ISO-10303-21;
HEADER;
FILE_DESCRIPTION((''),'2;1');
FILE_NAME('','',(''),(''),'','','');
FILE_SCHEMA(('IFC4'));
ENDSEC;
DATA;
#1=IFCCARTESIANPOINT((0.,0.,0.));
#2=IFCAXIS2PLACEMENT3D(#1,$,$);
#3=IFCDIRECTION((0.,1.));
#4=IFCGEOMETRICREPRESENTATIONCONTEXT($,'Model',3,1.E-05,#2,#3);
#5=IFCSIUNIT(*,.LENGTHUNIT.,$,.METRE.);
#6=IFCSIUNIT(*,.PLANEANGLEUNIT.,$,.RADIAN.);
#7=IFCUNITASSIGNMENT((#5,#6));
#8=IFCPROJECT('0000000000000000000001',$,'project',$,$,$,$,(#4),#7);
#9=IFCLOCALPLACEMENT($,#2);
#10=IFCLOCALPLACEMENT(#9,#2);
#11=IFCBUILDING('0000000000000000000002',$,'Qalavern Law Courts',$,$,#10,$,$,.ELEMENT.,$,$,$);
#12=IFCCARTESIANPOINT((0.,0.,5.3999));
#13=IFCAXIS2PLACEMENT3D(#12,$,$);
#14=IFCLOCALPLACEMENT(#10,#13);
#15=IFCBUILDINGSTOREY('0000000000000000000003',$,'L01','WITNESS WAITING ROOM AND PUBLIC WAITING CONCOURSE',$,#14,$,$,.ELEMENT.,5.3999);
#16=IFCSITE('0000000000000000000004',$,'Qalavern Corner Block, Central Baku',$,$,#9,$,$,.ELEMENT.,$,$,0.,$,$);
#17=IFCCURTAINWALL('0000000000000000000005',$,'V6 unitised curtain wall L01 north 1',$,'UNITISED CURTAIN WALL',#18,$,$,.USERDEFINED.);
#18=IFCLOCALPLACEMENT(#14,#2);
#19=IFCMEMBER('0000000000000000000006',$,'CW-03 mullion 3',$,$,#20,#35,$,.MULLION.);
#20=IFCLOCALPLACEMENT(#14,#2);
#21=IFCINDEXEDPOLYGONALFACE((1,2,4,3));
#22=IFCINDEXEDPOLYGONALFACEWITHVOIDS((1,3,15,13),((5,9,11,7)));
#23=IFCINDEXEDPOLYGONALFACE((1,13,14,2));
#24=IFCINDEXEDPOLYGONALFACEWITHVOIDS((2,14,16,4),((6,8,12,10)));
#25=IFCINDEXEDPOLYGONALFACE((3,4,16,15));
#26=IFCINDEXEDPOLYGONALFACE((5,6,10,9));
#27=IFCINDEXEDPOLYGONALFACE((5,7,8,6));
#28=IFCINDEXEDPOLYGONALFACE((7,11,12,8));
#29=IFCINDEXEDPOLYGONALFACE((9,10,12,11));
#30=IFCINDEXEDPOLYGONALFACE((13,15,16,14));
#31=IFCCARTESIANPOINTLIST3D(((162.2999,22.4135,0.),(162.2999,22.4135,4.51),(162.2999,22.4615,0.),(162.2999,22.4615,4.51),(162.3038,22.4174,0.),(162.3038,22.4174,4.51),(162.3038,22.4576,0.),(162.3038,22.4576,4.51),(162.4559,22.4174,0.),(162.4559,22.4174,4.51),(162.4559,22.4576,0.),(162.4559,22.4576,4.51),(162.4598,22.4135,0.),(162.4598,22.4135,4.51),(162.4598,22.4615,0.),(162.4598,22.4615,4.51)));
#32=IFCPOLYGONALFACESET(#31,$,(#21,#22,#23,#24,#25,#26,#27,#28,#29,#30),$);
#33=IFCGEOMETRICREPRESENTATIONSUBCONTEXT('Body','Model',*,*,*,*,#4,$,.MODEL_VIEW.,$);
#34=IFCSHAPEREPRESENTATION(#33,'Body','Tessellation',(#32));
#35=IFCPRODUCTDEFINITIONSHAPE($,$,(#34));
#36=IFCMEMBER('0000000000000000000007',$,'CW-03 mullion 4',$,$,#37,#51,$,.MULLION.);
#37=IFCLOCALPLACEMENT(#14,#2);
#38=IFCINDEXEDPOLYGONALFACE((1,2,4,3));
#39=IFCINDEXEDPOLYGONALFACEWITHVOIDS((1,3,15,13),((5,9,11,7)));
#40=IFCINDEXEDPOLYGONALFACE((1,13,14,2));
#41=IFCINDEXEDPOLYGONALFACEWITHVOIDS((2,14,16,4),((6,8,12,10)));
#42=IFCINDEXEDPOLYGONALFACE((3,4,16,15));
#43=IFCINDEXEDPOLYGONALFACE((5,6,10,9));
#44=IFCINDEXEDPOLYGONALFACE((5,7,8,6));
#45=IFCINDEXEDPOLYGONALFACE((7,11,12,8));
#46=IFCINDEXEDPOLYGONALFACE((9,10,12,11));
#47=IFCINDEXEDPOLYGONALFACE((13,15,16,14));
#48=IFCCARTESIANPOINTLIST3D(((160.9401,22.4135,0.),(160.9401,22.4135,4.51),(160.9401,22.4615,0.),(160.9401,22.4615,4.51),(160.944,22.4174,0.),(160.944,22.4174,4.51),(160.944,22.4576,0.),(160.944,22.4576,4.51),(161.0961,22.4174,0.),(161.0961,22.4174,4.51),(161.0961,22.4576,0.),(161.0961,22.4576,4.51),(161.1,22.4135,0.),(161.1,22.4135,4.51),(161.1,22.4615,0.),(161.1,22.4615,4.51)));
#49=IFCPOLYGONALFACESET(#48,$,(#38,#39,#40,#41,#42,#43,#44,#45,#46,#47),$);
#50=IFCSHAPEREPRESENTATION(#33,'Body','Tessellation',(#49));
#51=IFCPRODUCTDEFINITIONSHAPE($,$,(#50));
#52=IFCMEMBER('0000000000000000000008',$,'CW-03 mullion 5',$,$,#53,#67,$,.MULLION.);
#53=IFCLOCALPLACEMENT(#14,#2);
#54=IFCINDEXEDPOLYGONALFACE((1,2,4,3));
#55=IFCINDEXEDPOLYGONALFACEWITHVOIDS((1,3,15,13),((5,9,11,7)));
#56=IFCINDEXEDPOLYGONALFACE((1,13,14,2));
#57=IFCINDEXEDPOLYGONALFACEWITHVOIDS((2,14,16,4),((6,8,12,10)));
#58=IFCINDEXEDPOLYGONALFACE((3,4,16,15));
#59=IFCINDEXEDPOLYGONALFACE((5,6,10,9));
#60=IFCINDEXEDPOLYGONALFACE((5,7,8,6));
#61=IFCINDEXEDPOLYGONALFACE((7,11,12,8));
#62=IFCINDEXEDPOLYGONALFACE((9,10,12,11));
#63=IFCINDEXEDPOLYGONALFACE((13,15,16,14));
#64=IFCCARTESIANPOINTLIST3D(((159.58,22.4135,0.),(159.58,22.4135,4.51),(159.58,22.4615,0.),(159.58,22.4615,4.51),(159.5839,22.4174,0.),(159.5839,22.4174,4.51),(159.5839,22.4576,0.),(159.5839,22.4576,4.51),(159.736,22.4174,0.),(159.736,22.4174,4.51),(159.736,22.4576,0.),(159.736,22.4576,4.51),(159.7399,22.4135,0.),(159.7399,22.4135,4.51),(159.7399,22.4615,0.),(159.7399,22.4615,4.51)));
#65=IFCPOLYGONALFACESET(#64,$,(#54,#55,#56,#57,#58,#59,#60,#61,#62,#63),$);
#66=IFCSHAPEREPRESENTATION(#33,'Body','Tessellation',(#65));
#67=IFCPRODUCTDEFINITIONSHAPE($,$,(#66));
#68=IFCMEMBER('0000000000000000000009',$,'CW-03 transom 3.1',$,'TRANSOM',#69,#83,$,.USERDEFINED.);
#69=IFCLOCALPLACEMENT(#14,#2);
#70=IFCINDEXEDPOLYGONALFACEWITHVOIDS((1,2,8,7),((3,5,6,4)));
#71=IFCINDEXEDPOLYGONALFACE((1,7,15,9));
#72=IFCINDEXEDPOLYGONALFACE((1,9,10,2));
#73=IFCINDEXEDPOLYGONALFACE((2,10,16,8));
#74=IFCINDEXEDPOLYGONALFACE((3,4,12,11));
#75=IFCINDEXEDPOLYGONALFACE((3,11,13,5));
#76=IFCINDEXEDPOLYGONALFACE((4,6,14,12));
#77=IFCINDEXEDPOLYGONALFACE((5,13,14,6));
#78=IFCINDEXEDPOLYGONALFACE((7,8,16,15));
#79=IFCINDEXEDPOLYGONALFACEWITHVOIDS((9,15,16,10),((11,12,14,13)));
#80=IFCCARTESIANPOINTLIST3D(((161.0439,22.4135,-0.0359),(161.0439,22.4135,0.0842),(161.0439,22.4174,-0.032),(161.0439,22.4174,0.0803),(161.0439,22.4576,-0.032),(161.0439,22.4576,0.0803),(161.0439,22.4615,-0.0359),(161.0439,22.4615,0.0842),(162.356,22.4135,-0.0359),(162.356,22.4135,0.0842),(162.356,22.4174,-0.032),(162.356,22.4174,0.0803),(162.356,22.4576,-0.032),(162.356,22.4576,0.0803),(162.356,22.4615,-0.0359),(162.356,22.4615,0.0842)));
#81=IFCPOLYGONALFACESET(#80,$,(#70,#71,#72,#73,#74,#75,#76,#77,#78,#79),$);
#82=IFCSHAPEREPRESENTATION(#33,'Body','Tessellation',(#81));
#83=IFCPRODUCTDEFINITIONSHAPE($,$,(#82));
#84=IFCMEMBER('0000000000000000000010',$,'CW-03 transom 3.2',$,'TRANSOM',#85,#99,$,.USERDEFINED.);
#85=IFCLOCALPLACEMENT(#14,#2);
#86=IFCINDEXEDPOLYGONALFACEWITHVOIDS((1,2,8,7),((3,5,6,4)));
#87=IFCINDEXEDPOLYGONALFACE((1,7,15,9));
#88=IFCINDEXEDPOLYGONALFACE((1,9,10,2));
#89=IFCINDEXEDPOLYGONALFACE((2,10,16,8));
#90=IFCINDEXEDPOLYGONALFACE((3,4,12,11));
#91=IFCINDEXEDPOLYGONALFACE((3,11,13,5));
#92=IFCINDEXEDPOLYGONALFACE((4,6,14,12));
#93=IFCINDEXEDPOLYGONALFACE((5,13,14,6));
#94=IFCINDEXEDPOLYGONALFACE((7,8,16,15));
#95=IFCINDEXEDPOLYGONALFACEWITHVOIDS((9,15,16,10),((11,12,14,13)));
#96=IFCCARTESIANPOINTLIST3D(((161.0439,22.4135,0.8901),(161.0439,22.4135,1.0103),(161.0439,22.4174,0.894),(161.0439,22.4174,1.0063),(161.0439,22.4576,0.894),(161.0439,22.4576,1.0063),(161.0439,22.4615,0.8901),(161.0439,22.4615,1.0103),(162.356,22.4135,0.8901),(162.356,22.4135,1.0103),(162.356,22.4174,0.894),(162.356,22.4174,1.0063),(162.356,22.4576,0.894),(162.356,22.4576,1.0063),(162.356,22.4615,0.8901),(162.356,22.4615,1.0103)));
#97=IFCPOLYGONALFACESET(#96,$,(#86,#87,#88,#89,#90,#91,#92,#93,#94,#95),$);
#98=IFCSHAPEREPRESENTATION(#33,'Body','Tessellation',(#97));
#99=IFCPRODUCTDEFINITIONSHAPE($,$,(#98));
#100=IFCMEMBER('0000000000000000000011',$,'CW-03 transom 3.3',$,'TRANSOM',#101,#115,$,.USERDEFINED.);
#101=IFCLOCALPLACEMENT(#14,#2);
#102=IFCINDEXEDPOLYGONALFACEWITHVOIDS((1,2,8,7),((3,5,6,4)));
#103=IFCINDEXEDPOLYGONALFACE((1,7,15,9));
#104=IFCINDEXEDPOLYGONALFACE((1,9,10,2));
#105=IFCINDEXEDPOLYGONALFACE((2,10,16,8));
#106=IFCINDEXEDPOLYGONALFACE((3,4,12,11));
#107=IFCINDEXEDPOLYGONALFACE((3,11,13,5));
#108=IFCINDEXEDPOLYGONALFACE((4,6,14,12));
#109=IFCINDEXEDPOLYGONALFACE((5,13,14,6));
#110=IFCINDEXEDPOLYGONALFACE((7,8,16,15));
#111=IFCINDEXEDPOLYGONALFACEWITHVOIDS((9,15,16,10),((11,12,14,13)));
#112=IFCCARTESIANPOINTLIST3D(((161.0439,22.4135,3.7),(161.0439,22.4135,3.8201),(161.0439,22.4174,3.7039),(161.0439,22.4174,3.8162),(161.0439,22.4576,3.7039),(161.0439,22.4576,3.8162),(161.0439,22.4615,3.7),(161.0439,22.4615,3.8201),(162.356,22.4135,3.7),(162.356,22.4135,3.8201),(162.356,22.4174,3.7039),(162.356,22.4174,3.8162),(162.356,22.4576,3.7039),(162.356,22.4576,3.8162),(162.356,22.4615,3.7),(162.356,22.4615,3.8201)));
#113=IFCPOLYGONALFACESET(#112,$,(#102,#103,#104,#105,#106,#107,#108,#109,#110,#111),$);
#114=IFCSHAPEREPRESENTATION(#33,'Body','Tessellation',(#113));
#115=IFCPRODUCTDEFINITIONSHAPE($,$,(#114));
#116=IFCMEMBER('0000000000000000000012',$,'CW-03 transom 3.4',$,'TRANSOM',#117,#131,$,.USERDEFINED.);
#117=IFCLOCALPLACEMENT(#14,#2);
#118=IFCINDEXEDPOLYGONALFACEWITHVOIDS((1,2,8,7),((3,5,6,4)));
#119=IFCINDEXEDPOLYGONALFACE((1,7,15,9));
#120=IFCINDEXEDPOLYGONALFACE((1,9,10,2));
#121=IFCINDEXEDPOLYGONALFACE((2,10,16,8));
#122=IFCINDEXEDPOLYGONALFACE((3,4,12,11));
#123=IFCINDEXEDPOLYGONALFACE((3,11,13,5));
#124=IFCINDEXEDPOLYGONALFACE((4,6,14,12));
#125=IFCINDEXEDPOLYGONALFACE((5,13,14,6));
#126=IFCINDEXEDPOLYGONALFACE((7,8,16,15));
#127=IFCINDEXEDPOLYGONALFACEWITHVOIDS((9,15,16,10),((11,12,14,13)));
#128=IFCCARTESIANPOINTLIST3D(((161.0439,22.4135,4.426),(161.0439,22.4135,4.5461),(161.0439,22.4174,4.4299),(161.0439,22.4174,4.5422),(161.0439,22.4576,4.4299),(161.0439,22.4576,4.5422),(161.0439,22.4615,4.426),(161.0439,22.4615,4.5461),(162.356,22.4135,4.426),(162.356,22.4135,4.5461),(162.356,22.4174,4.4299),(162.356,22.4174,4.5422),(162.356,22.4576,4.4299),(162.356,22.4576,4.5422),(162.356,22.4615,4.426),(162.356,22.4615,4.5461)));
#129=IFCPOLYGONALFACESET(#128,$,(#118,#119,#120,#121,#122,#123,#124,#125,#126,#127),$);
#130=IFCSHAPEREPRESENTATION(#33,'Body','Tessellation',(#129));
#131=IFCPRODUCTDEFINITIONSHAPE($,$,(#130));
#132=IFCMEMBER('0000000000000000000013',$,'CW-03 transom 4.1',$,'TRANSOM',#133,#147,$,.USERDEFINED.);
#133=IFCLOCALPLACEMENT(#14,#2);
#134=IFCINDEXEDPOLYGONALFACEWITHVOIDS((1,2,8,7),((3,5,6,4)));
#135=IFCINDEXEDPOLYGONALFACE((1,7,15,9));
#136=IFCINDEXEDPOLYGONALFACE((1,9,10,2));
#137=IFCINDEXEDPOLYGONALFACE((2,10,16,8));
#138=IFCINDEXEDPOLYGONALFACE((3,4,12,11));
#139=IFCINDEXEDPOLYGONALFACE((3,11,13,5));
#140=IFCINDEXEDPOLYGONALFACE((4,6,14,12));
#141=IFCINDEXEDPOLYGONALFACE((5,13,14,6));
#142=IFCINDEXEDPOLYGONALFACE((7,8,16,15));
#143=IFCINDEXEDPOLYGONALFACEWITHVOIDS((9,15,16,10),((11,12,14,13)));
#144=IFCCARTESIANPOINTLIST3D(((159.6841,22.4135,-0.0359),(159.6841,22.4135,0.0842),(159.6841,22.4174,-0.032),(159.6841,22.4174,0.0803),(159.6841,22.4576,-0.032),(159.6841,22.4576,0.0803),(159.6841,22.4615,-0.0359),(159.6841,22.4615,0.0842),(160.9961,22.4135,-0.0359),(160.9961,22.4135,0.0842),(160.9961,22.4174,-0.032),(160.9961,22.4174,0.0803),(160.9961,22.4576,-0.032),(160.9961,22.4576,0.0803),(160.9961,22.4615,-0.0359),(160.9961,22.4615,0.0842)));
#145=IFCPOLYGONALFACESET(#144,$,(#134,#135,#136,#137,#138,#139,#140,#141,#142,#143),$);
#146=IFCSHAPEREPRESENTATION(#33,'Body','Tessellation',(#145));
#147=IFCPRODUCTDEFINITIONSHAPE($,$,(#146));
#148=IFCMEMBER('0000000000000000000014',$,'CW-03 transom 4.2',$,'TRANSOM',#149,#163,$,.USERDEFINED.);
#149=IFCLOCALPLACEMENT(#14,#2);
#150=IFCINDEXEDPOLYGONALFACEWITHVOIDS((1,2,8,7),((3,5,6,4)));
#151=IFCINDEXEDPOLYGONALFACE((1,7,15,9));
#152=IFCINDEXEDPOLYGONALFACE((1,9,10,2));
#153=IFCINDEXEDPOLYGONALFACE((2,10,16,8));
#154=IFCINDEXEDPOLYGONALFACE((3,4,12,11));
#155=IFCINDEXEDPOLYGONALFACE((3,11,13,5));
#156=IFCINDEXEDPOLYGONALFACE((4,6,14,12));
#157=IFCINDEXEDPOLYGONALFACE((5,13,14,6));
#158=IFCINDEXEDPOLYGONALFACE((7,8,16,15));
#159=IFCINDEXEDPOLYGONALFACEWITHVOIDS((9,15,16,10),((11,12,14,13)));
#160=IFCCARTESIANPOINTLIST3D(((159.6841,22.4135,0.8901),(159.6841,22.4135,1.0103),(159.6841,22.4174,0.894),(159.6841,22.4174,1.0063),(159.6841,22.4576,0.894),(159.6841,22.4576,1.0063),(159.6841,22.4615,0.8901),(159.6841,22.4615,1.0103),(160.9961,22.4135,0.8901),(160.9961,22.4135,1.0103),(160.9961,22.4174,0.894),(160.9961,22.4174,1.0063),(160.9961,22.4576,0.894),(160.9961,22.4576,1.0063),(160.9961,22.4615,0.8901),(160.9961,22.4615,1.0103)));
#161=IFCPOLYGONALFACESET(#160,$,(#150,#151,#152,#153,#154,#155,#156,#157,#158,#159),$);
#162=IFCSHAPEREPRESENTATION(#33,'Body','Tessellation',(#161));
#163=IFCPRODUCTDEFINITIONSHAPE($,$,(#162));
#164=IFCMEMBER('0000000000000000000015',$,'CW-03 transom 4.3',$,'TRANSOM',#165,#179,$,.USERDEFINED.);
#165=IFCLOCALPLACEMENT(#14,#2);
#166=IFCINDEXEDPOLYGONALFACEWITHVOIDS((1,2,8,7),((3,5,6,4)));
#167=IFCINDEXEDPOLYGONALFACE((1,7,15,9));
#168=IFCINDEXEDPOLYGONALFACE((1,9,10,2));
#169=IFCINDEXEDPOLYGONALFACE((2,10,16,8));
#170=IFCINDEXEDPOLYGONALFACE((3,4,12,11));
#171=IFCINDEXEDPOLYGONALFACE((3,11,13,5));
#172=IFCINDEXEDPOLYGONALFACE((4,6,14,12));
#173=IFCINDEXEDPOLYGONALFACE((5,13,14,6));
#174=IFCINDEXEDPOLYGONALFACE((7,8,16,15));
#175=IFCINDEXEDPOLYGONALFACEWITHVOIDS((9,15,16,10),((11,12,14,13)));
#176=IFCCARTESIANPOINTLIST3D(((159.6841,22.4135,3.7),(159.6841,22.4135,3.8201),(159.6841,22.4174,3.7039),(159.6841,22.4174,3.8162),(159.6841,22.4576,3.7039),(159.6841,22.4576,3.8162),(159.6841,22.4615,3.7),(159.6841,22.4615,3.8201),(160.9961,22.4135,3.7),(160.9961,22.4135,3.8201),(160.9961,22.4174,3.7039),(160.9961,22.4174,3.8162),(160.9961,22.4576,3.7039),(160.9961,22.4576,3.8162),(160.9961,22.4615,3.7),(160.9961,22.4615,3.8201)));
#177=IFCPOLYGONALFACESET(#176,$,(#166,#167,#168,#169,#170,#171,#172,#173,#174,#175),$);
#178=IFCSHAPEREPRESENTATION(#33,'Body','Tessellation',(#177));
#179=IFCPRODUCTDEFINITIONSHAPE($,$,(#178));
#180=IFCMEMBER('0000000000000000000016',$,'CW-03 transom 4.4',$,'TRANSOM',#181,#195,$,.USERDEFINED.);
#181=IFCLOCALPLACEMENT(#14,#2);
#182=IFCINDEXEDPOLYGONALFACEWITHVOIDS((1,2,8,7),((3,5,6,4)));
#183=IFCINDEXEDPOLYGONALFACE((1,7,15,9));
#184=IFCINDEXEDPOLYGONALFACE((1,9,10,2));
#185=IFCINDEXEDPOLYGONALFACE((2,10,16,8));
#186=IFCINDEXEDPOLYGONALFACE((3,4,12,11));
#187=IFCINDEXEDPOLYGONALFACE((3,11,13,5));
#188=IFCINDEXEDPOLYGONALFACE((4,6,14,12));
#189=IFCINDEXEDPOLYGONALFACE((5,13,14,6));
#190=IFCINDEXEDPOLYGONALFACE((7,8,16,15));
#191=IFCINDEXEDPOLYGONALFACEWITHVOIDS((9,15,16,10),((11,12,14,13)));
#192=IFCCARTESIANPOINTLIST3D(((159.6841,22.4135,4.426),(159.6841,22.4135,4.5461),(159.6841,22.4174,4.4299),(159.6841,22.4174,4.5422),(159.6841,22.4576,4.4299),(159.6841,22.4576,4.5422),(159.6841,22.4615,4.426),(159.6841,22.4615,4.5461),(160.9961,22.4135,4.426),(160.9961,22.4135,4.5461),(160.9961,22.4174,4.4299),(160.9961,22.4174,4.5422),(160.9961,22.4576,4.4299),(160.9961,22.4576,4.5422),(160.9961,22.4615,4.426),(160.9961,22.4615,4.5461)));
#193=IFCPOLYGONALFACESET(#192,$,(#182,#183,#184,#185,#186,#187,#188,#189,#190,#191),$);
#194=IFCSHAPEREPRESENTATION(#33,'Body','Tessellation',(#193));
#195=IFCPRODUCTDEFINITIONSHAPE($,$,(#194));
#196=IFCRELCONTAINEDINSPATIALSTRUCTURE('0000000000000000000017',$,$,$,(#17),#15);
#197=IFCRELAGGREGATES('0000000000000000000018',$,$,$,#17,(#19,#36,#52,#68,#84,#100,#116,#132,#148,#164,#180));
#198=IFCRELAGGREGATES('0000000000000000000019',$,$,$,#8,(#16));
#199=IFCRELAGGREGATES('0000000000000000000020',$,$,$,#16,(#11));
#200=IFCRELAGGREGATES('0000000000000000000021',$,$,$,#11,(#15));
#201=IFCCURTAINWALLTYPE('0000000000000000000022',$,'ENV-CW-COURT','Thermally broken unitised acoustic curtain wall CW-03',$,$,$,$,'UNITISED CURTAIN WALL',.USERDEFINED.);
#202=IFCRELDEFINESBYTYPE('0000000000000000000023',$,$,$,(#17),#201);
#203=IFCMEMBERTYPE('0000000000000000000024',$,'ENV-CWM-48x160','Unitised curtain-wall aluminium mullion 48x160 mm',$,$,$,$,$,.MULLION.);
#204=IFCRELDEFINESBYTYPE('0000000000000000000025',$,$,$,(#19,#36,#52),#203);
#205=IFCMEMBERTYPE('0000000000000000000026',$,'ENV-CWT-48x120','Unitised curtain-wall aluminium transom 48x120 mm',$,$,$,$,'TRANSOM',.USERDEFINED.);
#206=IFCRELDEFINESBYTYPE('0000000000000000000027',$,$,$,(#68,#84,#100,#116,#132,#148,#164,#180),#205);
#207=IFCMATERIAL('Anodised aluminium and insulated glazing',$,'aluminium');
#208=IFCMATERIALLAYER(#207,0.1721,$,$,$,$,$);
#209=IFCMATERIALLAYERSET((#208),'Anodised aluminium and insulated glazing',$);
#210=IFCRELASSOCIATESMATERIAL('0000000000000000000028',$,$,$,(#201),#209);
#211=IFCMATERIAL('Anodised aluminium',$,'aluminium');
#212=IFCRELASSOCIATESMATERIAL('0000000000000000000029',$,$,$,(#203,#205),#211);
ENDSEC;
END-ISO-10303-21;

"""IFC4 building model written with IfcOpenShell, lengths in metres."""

from ifc_helpers import new_model, si_unit, direction, frame, origin, origin_2d, place, context, subcontext, project, spatial, hollow_rectangle, extrude, material, layer, layer_set, material_profile, profile_set, type_object, element, aggregate, save


model = new_model("IFC4")

# Units and contexts
model_context = context("Model", 3, precision=1e-05, world=origin(), true_north=direction((0.0, 1.0)))
body_context = subcontext(model_context, "Body", "Model", "MODEL_VIEW")
ifc_project = project(units=[si_unit("LENGTHUNIT", "METRE"), si_unit("PLANEANGLEUNIT", "RADIAN")], contexts=[model_context])

# Site, building, storey
site_placement = place(None, origin())
site = spatial("IfcSite", under=ifc_project, at=site_placement, Name="Qalavern Corner Block, Central Baku", CompositionType="ELEMENT", RefElevation=0.0)
building_placement = place(site_placement, origin())
building = spatial("IfcBuilding", under=site, at=building_placement, Name="Qalavern Law Courts", CompositionType="ELEMENT")
storey_placement = place(building_placement, frame((0.0, 0.0, 5.3999)))
storey = spatial("IfcBuildingStorey", under=building, at=storey_placement, Name="L01", Description="WITNESS WAITING ROOM AND PUBLIC WAITING CONCOURSE", CompositionType="ELEMENT", Elevation=5.3999)

# Curtain wall, members
ifc_material_1 = material(Name="Anodised aluminium and insulated glazing", Category="aluminium")
ifc_layer_1 = layer(ifc_material_1, 0.1721)
ifc_layer_set_1 = layer_set([ifc_layer_1], Name="Anodised aluminium and insulated glazing")
curtain_wall_type = type_object("IfcCurtainWallType", Name="ENV-CW-COURT", Description="Thermally broken unitised acoustic curtain wall CW-03", ElementType="UNITISED CURTAIN WALL", PredefinedType="USERDEFINED", material=ifc_layer_set_1)
curtain_wall_placement = place(storey_placement, origin())
curtain_wall = element("IfcCurtainWall", 1, at=curtain_wall_placement, inside=storey, type_object=curtain_wall_type, Name="V6 unitised curtain wall L01 north 1", ObjectType="UNITISED CURTAIN WALL", PredefinedType="USERDEFINED")
ifc_material_2 = material(Name="Anodised aluminium", Category="aluminium")
ifc_material_profile_1 = material_profile(ifc_material_2, hollow_rectangle(XDim=0.0481, YDim=0.1599, WallThickness=0.0039, at=origin_2d()), Name="ALU MULLION 48x160")
ifc_profile_set_1 = profile_set([ifc_material_profile_1], Name="Anodised aluminium")
member_type_1 = type_object("IfcMemberType", Name="ENV-CWM-48x160", Description="Unitised curtain-wall aluminium mullion 48x160 mm", PredefinedType="MULLION", material=ifc_profile_set_1)
member_1_placement = place(storey_placement, frame((162.3799, 22.4375, 0.0), z_axis=(0.0, 0.0, 1.0), x_axis=(0.0, -1.0, 0.0)))
member_1 = element("IfcMember", 2, at=member_1_placement, type_object=member_type_1, Name="CW-03 mullion 3", PredefinedType="MULLION", context=body_context, shape_type="SweptSolid", body=[
    extrude(hollow_rectangle(XDim=0.0481, YDim=0.1599, WallThickness=0.0039, at=origin_2d()), origin(), (0.0, 0.0, 1.0), 4.51),
])
member_2_placement = place(storey_placement, frame((161.02, 22.4375, 0.0), z_axis=(0.0, 0.0, 1.0), x_axis=(0.0, -1.0, 0.0)))
member_2 = element("IfcMember", 3, at=member_2_placement, type_object=member_type_1, Name="CW-03 mullion 4", PredefinedType="MULLION", context=body_context, shape_type="SweptSolid", body=[
    extrude(hollow_rectangle(XDim=0.0481, YDim=0.1599, WallThickness=0.0039, at=origin_2d()), origin(), (0.0, 0.0, 1.0), 4.51),
])
member_3_placement = place(storey_placement, frame((159.6599, 22.4375, 0.0), z_axis=(0.0, 0.0, 1.0), x_axis=(0.0, -1.0, 0.0)))
member_3 = element("IfcMember", 4, at=member_3_placement, type_object=member_type_1, Name="CW-03 mullion 5", PredefinedType="MULLION", context=body_context, shape_type="SweptSolid", body=[
    extrude(hollow_rectangle(XDim=0.0481, YDim=0.1599, WallThickness=0.0039, at=origin_2d()), origin(), (0.0, 0.0, 1.0), 4.51),
])
ifc_material_profile_2 = material_profile(ifc_material_2, hollow_rectangle(XDim=0.0481, YDim=0.1201, WallThickness=0.0039, at=origin_2d()), Name="ALU TRANSOM 48x120")
ifc_profile_set_2 = profile_set([ifc_material_profile_2], Name="Anodised aluminium")
member_type_2 = type_object("IfcMemberType", Name="ENV-CWT-48x120", Description="Unitised curtain-wall aluminium transom 48x120 mm", ElementType="TRANSOM", PredefinedType="USERDEFINED", material=ifc_profile_set_2)
member_4_placement = place(storey_placement, frame((162.356, 22.4375, 0.0242), z_axis=(-1.0, 0.0, 0.0), x_axis=(0.0, -1.0, 0.0)))
member_4 = element("IfcMember", 5, at=member_4_placement, type_object=member_type_2, Name="CW-03 transom 3.1", ObjectType="TRANSOM", PredefinedType="USERDEFINED", context=body_context, shape_type="SweptSolid", body=[
    extrude(hollow_rectangle(XDim=0.0481, YDim=0.1201, WallThickness=0.0039, at=origin_2d()), origin(), (0.0, 0.0, 1.0), 1.312),
])
member_5_placement = place(storey_placement, frame((162.356, 22.4375, 0.9502), z_axis=(-1.0, 0.0, 0.0), x_axis=(0.0, -1.0, 0.0)))
member_5 = element("IfcMember", 6, at=member_5_placement, type_object=member_type_2, Name="CW-03 transom 3.2", ObjectType="TRANSOM", PredefinedType="USERDEFINED", context=body_context, shape_type="SweptSolid", body=[
    extrude(hollow_rectangle(XDim=0.0481, YDim=0.1201, WallThickness=0.0039, at=origin_2d()), origin(), (0.0, 0.0, 1.0), 1.312),
])
member_6_placement = place(storey_placement, frame((162.356, 22.4375, 3.76), z_axis=(-1.0, 0.0, 0.0), x_axis=(0.0, -1.0, 0.0)))
member_6 = element("IfcMember", 7, at=member_6_placement, type_object=member_type_2, Name="CW-03 transom 3.3", ObjectType="TRANSOM", PredefinedType="USERDEFINED", context=body_context, shape_type="SweptSolid", body=[
    extrude(hollow_rectangle(XDim=0.0481, YDim=0.1201, WallThickness=0.0039, at=origin_2d()), origin(), (0.0, 0.0, 1.0), 1.312),
])
member_7_placement = place(storey_placement, frame((162.356, 22.4375, 4.4861), z_axis=(-1.0, 0.0, 0.0), x_axis=(0.0, -1.0, 0.0)))
member_7 = element("IfcMember", 8, at=member_7_placement, type_object=member_type_2, Name="CW-03 transom 3.4", ObjectType="TRANSOM", PredefinedType="USERDEFINED", context=body_context, shape_type="SweptSolid", body=[
    extrude(hollow_rectangle(XDim=0.0481, YDim=0.1201, WallThickness=0.0039, at=origin_2d()), origin(), (0.0, 0.0, 1.0), 1.312),
])
member_8_placement = place(storey_placement, frame((160.9961, 22.4375, 0.0242), z_axis=(-1.0, 0.0, 0.0), x_axis=(0.0, -1.0, 0.0)))
member_8 = element("IfcMember", 9, at=member_8_placement, type_object=member_type_2, Name="CW-03 transom 4.1", ObjectType="TRANSOM", PredefinedType="USERDEFINED", context=body_context, shape_type="SweptSolid", body=[
    extrude(hollow_rectangle(XDim=0.0481, YDim=0.1201, WallThickness=0.0039, at=origin_2d()), origin(), (0.0, 0.0, 1.0), 1.312),
])
member_9_placement = place(storey_placement, frame((160.9961, 22.4375, 0.9502), z_axis=(-1.0, 0.0, 0.0), x_axis=(0.0, -1.0, 0.0)))
member_9 = element("IfcMember", 10, at=member_9_placement, type_object=member_type_2, Name="CW-03 transom 4.2", ObjectType="TRANSOM", PredefinedType="USERDEFINED", context=body_context, shape_type="SweptSolid", body=[
    extrude(hollow_rectangle(XDim=0.0481, YDim=0.1201, WallThickness=0.0039, at=origin_2d()), origin(), (0.0, 0.0, 1.0), 1.312),
])
member_10_placement = place(storey_placement, frame((160.9961, 22.4375, 3.76), z_axis=(-1.0, 0.0, 0.0), x_axis=(0.0, -1.0, 0.0)))
member_10 = element("IfcMember", 11, at=member_10_placement, type_object=member_type_2, Name="CW-03 transom 4.3", ObjectType="TRANSOM", PredefinedType="USERDEFINED", context=body_context, shape_type="SweptSolid", body=[
    extrude(hollow_rectangle(XDim=0.0481, YDim=0.1201, WallThickness=0.0039, at=origin_2d()), origin(), (0.0, 0.0, 1.0), 1.312),
])
member_11_placement = place(storey_placement, frame((160.9961, 22.4375, 4.4861), z_axis=(-1.0, 0.0, 0.0), x_axis=(0.0, -1.0, 0.0)))
member_11 = element("IfcMember", 12, at=member_11_placement, type_object=member_type_2, Name="CW-03 transom 4.4", ObjectType="TRANSOM", PredefinedType="USERDEFINED", context=body_context, shape_type="SweptSolid", body=[
    extrude(hollow_rectangle(XDim=0.0481, YDim=0.1201, WallThickness=0.0039, at=origin_2d()), origin(), (0.0, 0.0, 1.0), 1.312),
])
aggregate(curtain_wall, [member_1, member_2, member_3, member_4, member_5, member_6, member_7, member_8, member_9, member_10, member_11])

save(model, "model.ifc")
